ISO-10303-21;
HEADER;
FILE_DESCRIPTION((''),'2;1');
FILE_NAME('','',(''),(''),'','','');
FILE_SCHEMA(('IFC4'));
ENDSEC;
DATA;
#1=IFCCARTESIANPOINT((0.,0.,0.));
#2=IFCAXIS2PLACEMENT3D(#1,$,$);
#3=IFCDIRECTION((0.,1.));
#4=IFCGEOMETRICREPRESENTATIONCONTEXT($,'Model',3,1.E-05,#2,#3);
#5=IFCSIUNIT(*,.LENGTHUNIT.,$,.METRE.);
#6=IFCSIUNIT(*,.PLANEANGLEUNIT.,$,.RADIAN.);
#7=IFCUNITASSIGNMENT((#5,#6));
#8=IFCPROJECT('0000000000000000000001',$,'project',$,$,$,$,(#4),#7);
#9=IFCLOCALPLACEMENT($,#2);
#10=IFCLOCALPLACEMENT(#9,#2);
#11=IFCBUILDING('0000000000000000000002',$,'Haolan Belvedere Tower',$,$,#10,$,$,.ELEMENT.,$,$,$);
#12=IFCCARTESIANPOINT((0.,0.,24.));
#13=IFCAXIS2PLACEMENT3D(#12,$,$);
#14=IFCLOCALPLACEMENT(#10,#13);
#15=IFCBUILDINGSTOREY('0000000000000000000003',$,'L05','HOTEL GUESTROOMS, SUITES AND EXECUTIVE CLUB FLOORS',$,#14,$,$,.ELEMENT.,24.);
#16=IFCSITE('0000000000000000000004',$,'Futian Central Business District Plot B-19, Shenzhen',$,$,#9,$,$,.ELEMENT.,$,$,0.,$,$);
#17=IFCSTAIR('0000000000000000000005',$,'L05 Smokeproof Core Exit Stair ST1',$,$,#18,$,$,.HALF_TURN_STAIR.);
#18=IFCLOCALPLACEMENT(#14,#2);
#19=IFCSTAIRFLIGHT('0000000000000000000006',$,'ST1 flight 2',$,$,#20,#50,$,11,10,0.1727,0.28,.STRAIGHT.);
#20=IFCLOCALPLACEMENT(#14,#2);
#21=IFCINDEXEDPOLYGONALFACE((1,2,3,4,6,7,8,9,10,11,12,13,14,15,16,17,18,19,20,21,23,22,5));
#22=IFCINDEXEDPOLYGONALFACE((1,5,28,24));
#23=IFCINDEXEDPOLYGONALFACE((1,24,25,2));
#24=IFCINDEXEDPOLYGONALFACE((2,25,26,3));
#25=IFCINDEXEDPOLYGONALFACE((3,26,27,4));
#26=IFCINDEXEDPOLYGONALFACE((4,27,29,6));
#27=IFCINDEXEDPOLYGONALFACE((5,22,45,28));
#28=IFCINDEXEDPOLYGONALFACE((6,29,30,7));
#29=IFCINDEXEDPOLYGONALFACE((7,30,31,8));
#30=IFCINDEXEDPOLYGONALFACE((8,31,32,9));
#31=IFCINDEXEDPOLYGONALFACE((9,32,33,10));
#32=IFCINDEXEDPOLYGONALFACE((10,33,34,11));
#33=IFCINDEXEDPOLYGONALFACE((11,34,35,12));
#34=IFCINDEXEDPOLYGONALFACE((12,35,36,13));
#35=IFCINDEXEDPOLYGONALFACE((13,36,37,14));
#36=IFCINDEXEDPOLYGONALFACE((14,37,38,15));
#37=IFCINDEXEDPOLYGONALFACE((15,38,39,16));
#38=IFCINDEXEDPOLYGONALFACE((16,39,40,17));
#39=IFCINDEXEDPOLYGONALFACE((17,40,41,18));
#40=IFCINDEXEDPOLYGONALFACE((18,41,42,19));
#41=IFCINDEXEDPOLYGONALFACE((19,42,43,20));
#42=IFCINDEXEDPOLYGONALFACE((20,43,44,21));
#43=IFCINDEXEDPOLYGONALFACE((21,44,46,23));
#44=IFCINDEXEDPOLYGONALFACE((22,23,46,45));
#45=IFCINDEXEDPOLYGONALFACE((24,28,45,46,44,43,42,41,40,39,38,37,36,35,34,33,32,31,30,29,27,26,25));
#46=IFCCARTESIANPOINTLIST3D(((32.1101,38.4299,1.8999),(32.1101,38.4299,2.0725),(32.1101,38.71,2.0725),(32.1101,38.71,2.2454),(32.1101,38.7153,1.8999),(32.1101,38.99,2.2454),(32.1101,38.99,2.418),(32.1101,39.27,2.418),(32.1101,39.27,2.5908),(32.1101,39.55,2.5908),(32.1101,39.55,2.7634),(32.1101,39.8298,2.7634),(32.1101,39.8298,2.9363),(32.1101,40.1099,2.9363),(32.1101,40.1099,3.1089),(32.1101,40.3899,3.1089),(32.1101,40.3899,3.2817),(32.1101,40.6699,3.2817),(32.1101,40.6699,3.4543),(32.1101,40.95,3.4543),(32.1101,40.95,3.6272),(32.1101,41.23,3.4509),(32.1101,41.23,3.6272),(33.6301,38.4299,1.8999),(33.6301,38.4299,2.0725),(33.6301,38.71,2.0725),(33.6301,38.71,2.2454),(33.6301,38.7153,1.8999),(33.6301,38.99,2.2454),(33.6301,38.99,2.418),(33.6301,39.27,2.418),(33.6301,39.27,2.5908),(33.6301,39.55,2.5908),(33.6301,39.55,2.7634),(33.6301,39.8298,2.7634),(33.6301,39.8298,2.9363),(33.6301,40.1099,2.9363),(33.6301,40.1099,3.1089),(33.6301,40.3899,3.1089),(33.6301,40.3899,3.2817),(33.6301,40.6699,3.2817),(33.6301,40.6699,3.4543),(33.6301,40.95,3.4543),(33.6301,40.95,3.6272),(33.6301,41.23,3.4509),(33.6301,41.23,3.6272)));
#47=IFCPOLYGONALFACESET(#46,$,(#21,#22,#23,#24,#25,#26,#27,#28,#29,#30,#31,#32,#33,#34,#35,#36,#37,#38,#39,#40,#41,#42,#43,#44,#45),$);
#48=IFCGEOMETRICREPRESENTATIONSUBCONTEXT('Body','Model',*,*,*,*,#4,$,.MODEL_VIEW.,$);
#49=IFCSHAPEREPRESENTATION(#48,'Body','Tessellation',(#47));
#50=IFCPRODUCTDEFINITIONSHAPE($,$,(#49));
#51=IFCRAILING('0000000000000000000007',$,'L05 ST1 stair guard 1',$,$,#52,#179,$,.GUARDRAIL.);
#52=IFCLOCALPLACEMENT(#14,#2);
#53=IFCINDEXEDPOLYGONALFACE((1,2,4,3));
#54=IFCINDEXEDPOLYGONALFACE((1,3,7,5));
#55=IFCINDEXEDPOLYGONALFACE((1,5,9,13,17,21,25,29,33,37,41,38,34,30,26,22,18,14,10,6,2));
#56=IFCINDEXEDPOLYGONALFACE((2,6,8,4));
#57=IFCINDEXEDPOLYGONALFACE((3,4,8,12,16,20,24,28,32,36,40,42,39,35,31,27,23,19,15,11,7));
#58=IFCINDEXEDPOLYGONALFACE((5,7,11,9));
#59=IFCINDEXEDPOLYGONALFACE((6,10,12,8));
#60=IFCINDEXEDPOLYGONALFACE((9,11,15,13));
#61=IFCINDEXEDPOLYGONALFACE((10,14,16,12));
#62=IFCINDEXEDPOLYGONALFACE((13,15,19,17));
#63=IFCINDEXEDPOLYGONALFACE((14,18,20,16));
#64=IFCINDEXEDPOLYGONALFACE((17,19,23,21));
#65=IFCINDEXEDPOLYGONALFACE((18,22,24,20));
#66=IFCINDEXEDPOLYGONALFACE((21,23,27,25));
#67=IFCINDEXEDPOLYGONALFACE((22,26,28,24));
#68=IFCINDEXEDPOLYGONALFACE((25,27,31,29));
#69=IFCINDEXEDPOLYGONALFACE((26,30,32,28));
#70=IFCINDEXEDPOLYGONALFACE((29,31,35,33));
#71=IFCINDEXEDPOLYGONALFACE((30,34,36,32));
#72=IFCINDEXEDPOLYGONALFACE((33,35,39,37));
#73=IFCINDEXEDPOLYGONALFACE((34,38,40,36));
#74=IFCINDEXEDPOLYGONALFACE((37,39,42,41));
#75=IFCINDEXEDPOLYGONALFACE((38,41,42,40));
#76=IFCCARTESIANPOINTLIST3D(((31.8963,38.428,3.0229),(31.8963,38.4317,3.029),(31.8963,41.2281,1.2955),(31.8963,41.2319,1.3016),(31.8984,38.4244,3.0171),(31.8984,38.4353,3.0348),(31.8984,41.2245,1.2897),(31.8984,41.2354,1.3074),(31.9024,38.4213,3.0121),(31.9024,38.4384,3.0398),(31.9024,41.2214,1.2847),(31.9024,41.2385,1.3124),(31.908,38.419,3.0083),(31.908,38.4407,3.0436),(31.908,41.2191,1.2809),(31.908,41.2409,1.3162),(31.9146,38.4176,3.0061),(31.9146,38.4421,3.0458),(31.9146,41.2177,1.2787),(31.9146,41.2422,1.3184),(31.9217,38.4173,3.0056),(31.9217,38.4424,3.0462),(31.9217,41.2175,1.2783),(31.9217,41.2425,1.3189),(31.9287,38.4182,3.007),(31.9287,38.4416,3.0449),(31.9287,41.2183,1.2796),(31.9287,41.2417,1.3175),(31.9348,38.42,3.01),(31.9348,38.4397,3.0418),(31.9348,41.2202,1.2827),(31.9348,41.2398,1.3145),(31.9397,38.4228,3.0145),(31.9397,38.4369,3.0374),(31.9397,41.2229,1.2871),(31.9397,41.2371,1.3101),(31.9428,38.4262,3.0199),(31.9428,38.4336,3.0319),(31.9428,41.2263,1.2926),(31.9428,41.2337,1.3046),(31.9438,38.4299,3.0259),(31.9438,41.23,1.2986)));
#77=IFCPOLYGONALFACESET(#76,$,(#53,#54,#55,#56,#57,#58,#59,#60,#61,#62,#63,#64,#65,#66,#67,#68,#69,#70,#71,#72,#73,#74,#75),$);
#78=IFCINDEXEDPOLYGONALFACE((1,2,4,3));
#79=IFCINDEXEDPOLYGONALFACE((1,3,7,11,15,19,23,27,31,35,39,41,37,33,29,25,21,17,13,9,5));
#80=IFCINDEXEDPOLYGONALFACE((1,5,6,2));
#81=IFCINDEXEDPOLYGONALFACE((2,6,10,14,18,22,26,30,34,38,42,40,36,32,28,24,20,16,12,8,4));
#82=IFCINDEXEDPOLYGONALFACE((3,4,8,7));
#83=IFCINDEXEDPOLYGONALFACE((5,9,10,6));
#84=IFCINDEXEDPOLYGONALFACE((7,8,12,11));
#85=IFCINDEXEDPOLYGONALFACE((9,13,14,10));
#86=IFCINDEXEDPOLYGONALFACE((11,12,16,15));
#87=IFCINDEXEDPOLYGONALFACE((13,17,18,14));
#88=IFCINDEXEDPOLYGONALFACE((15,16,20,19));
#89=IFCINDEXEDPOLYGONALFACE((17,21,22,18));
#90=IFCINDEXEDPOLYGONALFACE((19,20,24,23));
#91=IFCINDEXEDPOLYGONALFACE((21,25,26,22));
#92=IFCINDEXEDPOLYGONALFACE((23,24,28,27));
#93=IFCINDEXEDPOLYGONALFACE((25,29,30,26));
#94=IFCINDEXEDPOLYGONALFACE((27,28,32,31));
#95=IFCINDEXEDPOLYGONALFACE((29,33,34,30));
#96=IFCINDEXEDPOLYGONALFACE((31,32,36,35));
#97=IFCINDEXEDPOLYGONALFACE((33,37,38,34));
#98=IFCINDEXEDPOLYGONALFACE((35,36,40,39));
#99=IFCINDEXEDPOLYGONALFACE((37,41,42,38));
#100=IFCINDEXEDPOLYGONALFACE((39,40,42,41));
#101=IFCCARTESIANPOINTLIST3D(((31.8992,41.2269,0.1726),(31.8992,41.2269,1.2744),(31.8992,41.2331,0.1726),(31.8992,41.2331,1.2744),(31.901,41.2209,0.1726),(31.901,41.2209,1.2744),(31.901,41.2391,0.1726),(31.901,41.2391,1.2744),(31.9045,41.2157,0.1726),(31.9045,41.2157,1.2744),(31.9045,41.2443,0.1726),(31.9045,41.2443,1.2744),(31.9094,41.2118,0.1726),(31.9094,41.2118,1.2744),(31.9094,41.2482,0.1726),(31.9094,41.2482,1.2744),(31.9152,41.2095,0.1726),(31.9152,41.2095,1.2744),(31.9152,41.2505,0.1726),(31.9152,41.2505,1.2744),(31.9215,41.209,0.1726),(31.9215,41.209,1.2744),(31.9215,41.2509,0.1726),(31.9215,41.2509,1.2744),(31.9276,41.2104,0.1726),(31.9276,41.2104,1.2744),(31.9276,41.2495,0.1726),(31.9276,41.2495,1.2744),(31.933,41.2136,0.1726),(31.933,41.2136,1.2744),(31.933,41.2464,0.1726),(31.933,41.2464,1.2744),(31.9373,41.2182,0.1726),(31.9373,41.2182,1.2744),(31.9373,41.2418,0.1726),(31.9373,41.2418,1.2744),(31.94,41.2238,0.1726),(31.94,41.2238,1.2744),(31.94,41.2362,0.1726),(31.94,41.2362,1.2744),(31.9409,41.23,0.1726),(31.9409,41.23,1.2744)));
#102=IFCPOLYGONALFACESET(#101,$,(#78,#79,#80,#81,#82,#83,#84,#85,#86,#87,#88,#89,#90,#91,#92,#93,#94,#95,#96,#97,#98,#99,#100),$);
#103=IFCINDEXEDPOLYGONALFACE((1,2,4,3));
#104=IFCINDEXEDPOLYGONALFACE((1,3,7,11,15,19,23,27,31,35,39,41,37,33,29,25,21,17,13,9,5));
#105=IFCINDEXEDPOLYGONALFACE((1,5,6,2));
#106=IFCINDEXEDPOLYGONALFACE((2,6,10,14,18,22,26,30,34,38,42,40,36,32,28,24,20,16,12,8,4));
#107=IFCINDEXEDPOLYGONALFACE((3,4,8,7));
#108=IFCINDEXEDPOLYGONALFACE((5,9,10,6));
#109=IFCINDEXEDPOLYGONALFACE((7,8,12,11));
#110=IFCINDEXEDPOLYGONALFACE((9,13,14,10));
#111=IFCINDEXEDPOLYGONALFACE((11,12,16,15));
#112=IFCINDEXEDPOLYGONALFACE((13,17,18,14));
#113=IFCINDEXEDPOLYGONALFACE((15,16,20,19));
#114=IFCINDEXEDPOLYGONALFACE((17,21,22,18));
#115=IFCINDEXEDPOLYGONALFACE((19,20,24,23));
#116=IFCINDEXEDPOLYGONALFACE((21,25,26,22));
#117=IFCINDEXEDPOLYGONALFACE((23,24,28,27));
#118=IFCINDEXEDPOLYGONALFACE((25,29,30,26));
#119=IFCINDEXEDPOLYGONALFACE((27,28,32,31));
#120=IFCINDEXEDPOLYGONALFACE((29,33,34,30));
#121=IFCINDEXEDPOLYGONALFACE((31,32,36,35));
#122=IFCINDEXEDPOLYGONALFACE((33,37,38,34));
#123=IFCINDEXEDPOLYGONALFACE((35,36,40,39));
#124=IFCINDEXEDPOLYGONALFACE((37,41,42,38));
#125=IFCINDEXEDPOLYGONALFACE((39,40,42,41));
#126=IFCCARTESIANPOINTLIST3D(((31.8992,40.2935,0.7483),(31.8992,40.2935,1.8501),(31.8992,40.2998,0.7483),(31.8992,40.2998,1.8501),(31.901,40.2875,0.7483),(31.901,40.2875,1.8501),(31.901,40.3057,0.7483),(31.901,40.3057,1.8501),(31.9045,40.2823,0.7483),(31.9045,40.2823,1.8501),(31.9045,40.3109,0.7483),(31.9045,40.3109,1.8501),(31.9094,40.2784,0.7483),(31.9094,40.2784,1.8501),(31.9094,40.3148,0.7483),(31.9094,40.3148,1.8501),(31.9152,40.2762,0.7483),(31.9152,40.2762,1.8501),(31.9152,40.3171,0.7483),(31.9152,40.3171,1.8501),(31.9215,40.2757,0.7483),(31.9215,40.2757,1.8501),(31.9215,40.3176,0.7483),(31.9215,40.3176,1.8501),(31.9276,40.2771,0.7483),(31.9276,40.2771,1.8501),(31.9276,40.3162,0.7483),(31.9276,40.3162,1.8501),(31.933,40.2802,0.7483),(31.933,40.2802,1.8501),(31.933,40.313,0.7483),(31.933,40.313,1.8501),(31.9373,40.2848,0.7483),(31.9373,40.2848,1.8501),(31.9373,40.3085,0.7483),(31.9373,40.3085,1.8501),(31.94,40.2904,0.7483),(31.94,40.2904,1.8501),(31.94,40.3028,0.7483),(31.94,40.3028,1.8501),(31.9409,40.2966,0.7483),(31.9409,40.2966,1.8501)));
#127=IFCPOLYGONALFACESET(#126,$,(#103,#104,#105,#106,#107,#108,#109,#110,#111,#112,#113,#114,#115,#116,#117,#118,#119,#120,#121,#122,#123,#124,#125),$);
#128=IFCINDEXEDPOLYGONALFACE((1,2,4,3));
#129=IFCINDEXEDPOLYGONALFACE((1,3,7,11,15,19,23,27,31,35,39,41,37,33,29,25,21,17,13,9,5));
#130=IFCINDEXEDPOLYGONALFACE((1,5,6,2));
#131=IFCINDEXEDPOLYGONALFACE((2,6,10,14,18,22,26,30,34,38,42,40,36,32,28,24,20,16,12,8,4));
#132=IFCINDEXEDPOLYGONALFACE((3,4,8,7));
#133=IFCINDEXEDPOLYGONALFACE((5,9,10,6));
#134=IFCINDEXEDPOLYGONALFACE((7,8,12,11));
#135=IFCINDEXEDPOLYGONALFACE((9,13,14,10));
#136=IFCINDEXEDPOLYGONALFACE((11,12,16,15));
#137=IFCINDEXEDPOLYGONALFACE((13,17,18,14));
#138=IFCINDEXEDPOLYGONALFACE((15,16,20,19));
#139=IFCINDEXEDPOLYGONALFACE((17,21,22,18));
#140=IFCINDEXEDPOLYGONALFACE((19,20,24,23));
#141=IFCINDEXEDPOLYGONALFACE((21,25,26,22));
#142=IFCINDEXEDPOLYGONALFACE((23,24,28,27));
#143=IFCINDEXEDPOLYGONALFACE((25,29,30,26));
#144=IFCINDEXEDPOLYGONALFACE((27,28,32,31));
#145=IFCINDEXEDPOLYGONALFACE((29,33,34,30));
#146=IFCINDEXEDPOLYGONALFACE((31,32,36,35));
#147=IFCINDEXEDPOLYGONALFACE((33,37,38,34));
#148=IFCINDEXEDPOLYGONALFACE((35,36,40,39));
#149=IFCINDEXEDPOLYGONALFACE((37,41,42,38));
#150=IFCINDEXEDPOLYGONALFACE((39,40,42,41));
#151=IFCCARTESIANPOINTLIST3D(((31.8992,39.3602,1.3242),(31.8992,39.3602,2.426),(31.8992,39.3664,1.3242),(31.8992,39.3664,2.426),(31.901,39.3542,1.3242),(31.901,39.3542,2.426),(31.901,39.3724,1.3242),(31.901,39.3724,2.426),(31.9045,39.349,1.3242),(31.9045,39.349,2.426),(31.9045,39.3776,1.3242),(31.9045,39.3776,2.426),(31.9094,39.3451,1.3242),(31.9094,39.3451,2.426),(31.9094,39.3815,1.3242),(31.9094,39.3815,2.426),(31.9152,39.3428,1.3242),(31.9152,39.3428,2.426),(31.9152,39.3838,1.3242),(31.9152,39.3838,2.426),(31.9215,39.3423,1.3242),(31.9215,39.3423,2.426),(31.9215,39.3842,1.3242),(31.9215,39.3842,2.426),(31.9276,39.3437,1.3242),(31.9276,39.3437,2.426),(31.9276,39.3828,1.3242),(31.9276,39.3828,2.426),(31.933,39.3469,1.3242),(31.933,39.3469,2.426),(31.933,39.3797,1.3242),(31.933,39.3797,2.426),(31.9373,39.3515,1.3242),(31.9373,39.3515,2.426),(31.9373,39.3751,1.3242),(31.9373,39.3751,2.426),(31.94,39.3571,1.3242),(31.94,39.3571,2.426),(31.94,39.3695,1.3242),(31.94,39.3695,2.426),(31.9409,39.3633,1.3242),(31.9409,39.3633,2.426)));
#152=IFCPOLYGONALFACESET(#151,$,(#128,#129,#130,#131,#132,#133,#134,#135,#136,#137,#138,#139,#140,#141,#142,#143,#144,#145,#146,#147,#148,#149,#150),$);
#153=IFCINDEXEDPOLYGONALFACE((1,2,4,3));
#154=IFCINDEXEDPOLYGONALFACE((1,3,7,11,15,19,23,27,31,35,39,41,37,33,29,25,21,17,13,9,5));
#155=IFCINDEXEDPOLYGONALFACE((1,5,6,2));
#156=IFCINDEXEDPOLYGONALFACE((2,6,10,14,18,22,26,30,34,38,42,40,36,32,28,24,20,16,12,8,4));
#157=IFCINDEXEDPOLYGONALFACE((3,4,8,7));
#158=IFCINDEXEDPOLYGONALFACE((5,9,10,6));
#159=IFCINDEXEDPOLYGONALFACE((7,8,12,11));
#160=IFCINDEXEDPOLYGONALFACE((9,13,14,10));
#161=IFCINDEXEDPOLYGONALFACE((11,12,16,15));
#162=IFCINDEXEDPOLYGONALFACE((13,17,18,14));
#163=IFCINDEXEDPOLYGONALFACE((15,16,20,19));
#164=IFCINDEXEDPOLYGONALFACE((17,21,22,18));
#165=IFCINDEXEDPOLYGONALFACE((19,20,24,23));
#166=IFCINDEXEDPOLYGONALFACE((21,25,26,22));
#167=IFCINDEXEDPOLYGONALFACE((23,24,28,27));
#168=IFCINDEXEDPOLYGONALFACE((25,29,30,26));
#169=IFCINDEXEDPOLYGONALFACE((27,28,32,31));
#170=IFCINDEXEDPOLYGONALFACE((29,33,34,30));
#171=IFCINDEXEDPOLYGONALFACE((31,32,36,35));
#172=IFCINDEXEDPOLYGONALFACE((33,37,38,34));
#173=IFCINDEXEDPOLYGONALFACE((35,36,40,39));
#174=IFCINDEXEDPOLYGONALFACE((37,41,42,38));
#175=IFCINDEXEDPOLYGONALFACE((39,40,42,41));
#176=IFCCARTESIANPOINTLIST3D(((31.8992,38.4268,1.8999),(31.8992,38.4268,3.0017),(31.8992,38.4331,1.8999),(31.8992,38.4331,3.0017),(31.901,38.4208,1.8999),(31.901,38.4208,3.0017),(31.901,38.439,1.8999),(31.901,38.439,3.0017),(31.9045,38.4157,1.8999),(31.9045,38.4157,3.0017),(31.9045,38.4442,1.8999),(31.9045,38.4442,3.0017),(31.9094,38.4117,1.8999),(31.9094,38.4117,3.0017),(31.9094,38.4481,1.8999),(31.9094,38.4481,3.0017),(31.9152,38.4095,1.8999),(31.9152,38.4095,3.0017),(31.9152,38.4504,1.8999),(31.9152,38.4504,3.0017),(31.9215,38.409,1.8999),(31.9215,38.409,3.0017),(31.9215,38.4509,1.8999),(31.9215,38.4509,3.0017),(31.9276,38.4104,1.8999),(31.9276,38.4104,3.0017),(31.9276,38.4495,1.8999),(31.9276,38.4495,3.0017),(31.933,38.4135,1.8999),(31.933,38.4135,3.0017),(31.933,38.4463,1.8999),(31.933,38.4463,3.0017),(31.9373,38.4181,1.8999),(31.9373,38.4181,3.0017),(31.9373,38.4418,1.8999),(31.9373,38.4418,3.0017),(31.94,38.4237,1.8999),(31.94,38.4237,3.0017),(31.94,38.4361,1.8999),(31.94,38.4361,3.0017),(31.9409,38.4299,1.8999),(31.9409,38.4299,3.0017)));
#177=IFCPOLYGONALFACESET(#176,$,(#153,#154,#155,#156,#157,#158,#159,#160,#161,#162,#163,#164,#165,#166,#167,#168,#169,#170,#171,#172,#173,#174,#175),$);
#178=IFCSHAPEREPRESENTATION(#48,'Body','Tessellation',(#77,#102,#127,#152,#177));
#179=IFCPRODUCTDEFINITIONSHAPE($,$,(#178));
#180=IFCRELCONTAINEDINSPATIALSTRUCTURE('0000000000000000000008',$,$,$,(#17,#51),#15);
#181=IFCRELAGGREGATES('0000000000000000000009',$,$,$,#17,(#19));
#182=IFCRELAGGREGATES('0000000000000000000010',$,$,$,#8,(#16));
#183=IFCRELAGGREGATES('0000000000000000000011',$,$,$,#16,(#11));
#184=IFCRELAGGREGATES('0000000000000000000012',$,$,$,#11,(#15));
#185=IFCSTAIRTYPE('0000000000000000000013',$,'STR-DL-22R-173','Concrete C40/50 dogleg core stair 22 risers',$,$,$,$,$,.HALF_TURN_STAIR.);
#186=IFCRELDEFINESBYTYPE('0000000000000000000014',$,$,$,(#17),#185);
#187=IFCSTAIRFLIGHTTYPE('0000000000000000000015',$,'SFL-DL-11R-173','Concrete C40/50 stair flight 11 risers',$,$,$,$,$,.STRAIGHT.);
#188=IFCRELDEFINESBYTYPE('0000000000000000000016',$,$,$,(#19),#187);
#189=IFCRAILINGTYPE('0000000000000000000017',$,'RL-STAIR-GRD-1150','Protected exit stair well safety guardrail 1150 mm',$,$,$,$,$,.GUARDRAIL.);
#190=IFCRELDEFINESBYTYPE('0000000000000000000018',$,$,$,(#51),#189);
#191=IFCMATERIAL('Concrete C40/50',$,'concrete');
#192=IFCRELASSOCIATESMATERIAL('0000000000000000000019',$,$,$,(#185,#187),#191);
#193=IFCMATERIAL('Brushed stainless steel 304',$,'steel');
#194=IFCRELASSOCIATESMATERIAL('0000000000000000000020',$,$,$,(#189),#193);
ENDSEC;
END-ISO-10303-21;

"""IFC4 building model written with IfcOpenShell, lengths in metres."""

from ifc_helpers import new_model, si_unit, direction, frame, origin, origin_2d, place, context, subcontext, project, spatial, polyline, circle, outline, extrude, material, type_object, element, aggregate, save


model = new_model("IFC4")

# Units and contexts
model_context = context("Model", 3, precision=1e-05, world=origin(), true_north=direction((0.0, 1.0)))
body_context = subcontext(model_context, "Body", "Model", "MODEL_VIEW")
ifc_project = project(units=[si_unit("LENGTHUNIT", "METRE"), si_unit("PLANEANGLEUNIT", "RADIAN")], contexts=[model_context])

# Site, building, storey
site_placement = place(None, origin())
site = spatial("IfcSite", under=ifc_project, at=site_placement, Name="Futian Central Business District Plot B-19, Shenzhen", CompositionType="ELEMENT", RefElevation=0.0)
building_placement = place(site_placement, origin())
building = spatial("IfcBuilding", under=site, at=building_placement, Name="Haolan Belvedere Tower", CompositionType="ELEMENT")
storey_placement = place(building_placement, frame((0.0, 0.0, 24.0)))
storey = spatial("IfcBuildingStorey", under=building, at=storey_placement, Name="L05", Description="HOTEL GUESTROOMS, SUITES AND EXECUTIVE CLUB FLOORS", CompositionType="ELEMENT", Elevation=24.0)

# Stair, stair flight
ifc_material_1 = material(Name="Concrete C40/50", Category="concrete")
stair_type = type_object("IfcStairType", Name="STR-DL-22R-173", Description="Concrete C40/50 dogleg core stair 22 risers", PredefinedType="HALF_TURN_STAIR", material=ifc_material_1)
stair_placement = place(storey_placement, origin())
stair = element("IfcStair", 1, at=stair_placement, inside=storey, type_object=stair_type, Name="L05 Smokeproof Core Exit Stair ST1", PredefinedType="HALF_TURN_STAIR")
stair_flight_type = type_object("IfcStairFlightType", Name="SFL-DL-11R-173", Description="Concrete C40/50 stair flight 11 risers", PredefinedType="STRAIGHT", material=ifc_material_1)
stair_flight_1_placement = place(storey_placement, frame((32.8701, 38.4299, 1.8999), z_axis=(0.0, 0.0, 1.0), x_axis=(0.0, 1.0, 0.0)))
stair_flight_1 = element("IfcStairFlight", 2, at=stair_flight_1_placement, type_object=stair_flight_type, Name="ST1 flight 2", NumberOfRisers=11, NumberOfTreads=10, PredefinedType="STRAIGHT", RiserHeight=0.1727, TreadLength=0.28, context=body_context, shape_type="SweptSolid", body=[
    extrude(outline(polyline([(0.0, 0.0), (0.0, 0.1726), (0.28, 0.1726), (0.28, 0.3455), (0.5601, 0.3455), (0.5601, 0.5181), (0.8401, 0.5181), (0.8401, 0.6909), (1.1201, 0.6909), (1.1201, 0.8635), (1.3999, 0.8635), (1.3999, 1.0364), (1.6799, 1.0364), (1.6799, 1.209), (1.96, 1.209), (1.96, 1.3818), (2.24, 1.3818), (2.24, 1.5544), (2.52, 1.5544), (2.52, 1.7273), (2.8, 1.7273), (2.8, 1.8999), (2.8, 1.551), (0.2854, 0.0), (0.0, 0.0)])), frame((0.0, 0.76, 0.0), z_axis=(0.0, -1.0, 0.0), x_axis=(1.0, 0.0, 0.0)), (0.0, 0.0, 1.0), 1.52),
])
aggregate(stair, [stair_flight_1])

# Railing
ifc_material_2 = material(Name="Brushed stainless steel 304", Category="steel")
railing_type_1 = type_object("IfcRailingType", Name="RL-STAIR-GRD-1150", Description="Protected exit stair well safety guardrail 1150 mm", PredefinedType="GUARDRAIL", material=ifc_material_2)
railing_1_placement = place(storey_placement, frame((31.9199, 41.23, 0.1726)))
element("IfcRailing", 3, at=railing_1_placement, inside=storey, type_object=railing_type_1, Name="L05 ST1 stair guard 1", PredefinedType="GUARDRAIL", context=body_context, shape_type="SweptSolid", body=[
    extrude(circle(Radius=0.0239, at=origin_2d()), frame((0.0, 0.0, 1.126), z_axis=(0.0, -0.85109, 0.52502), x_axis=(1.0, 0.0, 0.0)), (0.0, 0.0, 1.0), 3.29),
    extrude(circle(Radius=0.021, at=origin_2d()), origin(), (0.0, 0.0, 1.0), 1.1018),
    extrude(circle(Radius=0.021, at=origin_2d()), frame((0.0, -0.9333, 0.5757)), (0.0, 0.0, 1.0), 1.1018),
    extrude(circle(Radius=0.021, at=origin_2d()), frame((0.0, -1.8667, 1.1516)), (0.0, 0.0, 1.0), 1.1018),
    extrude(circle(Radius=0.021, at=origin_2d()), frame((0.0, -2.8, 1.7273)), (0.0, 0.0, 1.0), 1.1018),
])

save(model, "model.ifc")
